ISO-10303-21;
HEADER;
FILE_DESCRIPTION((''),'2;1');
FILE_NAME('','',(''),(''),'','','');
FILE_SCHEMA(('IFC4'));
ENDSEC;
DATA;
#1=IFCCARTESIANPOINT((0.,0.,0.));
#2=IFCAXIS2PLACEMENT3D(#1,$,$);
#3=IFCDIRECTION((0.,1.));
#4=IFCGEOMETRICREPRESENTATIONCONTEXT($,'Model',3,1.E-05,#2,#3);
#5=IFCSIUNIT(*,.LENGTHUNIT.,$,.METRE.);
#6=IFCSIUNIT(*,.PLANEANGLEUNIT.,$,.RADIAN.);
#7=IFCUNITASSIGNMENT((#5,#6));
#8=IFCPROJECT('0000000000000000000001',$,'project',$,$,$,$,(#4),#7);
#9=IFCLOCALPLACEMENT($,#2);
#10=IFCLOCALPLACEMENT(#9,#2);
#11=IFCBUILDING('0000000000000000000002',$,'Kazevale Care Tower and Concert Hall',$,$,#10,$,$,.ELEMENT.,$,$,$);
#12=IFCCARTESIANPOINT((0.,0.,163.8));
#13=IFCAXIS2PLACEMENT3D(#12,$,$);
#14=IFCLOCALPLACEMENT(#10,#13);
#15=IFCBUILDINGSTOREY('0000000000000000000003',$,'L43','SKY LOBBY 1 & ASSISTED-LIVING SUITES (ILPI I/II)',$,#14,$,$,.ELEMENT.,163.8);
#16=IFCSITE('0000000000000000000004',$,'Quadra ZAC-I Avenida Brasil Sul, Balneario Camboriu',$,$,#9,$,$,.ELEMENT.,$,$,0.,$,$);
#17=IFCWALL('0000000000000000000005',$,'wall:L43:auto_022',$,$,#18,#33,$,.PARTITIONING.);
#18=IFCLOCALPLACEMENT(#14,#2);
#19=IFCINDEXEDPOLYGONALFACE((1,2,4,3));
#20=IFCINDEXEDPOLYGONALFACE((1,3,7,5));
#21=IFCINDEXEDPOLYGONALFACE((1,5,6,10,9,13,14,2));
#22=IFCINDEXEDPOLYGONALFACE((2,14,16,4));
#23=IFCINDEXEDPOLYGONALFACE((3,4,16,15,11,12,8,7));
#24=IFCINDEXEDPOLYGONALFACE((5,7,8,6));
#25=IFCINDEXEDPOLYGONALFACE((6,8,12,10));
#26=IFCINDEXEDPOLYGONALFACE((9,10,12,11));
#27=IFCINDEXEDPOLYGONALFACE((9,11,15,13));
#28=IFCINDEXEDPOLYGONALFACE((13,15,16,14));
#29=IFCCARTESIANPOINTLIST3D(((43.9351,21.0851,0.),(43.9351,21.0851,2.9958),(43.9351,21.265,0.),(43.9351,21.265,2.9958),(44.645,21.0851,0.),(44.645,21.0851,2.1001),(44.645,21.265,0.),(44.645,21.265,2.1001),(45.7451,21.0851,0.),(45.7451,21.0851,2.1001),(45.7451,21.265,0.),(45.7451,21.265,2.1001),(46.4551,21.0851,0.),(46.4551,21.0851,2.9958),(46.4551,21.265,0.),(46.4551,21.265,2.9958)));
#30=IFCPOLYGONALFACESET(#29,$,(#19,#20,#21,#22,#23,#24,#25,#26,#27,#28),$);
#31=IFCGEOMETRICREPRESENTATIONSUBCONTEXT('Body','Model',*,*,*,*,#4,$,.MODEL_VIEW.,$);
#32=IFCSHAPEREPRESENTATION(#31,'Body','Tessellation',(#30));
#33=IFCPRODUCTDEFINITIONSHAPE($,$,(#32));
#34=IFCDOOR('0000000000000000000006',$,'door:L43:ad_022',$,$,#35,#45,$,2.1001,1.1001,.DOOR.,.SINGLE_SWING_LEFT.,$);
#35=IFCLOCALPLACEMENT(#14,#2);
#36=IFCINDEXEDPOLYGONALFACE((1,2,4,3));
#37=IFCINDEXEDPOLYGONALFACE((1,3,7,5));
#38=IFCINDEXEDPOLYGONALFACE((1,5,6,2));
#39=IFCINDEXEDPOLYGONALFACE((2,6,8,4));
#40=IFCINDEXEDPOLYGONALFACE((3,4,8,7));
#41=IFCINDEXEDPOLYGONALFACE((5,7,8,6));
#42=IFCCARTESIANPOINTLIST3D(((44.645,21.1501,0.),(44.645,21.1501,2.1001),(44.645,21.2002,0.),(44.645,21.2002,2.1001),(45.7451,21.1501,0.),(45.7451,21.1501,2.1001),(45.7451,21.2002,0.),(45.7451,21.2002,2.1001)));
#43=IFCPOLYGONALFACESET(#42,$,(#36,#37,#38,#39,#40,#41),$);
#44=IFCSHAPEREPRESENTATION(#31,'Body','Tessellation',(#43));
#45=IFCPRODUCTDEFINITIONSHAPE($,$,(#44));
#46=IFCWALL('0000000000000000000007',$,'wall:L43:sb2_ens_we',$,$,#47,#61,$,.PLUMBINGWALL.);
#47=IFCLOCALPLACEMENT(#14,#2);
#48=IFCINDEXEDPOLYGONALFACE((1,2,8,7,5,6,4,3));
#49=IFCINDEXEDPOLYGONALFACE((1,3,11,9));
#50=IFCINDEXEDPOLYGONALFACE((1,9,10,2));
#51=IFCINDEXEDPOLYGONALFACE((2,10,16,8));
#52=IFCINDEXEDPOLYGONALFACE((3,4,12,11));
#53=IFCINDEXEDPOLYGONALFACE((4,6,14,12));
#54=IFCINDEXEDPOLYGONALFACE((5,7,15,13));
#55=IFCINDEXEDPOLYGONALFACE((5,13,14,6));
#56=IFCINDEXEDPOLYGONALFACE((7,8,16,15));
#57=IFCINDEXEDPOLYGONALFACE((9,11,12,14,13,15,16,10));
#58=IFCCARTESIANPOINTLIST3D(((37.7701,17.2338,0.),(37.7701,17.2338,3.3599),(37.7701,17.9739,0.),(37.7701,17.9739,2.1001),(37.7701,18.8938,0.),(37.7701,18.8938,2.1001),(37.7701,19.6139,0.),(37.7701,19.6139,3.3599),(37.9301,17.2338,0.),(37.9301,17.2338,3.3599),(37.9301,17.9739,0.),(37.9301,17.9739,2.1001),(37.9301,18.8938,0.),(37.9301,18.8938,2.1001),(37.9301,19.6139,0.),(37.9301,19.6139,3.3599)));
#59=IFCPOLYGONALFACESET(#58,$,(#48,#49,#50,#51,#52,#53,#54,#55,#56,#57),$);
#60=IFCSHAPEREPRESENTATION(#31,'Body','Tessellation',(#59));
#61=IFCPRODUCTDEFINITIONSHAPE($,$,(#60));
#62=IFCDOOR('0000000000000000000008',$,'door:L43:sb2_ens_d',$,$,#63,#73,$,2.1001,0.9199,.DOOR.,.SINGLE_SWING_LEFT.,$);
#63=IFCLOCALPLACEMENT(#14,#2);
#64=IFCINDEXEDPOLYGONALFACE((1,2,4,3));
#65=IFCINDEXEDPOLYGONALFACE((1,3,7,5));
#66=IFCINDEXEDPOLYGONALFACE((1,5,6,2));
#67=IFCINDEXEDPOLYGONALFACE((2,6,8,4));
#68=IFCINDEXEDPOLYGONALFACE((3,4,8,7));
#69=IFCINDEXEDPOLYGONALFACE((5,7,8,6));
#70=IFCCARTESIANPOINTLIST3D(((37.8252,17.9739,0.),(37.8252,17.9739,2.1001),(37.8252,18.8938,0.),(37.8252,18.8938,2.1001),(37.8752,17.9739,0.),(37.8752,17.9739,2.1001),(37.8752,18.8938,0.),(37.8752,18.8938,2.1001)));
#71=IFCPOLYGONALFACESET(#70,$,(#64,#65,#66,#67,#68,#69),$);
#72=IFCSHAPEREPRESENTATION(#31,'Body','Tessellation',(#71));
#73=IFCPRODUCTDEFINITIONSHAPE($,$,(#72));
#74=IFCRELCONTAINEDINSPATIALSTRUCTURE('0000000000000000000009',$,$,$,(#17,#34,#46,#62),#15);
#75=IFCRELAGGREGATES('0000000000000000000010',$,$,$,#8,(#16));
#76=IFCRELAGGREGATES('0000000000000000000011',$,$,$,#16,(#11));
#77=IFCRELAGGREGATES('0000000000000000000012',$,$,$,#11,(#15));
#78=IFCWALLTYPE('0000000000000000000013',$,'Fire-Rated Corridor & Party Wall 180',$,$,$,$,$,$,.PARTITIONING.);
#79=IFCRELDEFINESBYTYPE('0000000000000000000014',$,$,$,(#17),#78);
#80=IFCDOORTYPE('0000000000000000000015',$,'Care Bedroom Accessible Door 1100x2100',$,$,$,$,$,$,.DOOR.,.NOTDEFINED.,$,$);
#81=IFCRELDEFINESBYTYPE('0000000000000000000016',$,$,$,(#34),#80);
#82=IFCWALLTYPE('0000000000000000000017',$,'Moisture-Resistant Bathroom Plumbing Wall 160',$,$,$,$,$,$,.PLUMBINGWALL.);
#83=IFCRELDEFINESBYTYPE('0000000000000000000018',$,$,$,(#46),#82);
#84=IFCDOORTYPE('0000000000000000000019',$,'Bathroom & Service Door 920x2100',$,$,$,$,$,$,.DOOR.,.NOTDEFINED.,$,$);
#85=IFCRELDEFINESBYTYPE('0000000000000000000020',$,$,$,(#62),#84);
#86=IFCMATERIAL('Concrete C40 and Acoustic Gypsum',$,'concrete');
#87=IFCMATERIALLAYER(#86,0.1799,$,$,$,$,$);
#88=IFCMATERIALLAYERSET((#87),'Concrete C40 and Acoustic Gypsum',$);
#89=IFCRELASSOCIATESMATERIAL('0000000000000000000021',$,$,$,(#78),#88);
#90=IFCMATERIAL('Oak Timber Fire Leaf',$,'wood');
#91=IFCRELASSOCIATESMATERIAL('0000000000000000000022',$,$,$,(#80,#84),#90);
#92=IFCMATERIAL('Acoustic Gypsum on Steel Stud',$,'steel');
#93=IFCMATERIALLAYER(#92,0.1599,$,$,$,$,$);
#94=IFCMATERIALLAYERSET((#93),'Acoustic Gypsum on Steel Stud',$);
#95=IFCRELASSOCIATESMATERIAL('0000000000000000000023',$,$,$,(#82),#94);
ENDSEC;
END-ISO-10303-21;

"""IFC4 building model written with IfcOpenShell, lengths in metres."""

from ifc_helpers import new_model, si_unit, direction, frame, frame_2d, origin, place, context, subcontext, project, spatial, rectangle, extrude, material, layer, layer_set, type_object, element, fill, save


model = new_model("IFC4")

# Units and contexts
model_context = context("Model", 3, precision=1e-05, world=origin(), true_north=direction((0.0, 1.0)))
body_context = subcontext(model_context, "Body", "Model", "MODEL_VIEW")
ifc_project = project(units=[si_unit("LENGTHUNIT", "METRE"), si_unit("PLANEANGLEUNIT", "RADIAN")], contexts=[model_context])

# Site, building, storey
site_placement = place(None, origin())
site = spatial("IfcSite", under=ifc_project, at=site_placement, Name="Quadra ZAC-I Avenida Brasil Sul, Balneario Camboriu", CompositionType="ELEMENT", RefElevation=0.0)
building_placement = place(site_placement, origin())
building = spatial("IfcBuilding", under=site, at=building_placement, Name="Kazevale Care Tower and Concert Hall", CompositionType="ELEMENT")
storey_placement = place(building_placement, frame((0.0, 0.0, 163.8)))
storey = spatial("IfcBuildingStorey", under=building, at=storey_placement, Name="L43", Description="SKY LOBBY 1 & ASSISTED-LIVING SUITES (ILPI I/II)", CompositionType="ELEMENT", Elevation=163.8)

# Shared definitions
ifc_material_1 = material(Name="Acoustic Gypsum on Steel Stud", Category="steel")

# Walls, openings, doors
ifc_material_2 = material(Name="Concrete C40 and Acoustic Gypsum", Category="concrete")
ifc_layer_1 = layer(ifc_material_2, 0.1799)
ifc_layer_set_1 = layer_set([ifc_layer_1], Name="Concrete C40 and Acoustic Gypsum")
wall_type_1 = type_object("IfcWallType", Name="Fire-Rated Corridor & Party Wall 180", PredefinedType="PARTITIONING", material=ifc_layer_set_1)
ifc_material_3 = material(Name="Oak Timber Fire Leaf", Category="wood")
door_type_1 = type_object("IfcDoorType", Name="Care Bedroom Accessible Door 1100x2100", OperationType="NOTDEFINED", PredefinedType="DOOR", material=ifc_material_3)
wall_1_placement = place(storey_placement, frame((46.4551, 21.175, 0.0), z_axis=(0.0, 0.0, 1.0), x_axis=(-1.0, 0.0, 0.0)))
wall_1 = element("IfcWall", 1, at=wall_1_placement, inside=storey, type_object=wall_type_1, Name="wall:L43:auto_022", PredefinedType="PARTITIONING", context=body_context, shape_type="SweptSolid", body=[
    extrude(rectangle(XDim=2.52, YDim=0.1799, at=frame_2d((1.26, 0.0))), origin(), (0.0, 0.0, 1.0), 2.9958),
])
opening_1_placement = place(wall_1_placement, frame((0.71, 0.0, 0.0)))
opening_1 = element("IfcOpeningElement", 2, at=opening_1_placement, cuts=wall_1, PredefinedType="OPENING", context=body_context, shape_type="SweptSolid", body=[
    extrude(rectangle(XDim=1.1001, YDim=2.1001, at=frame_2d((0.55, 1.05))), frame((0.0, 0.0999, 0.0), z_axis=(0.0, -1.0, 0.0), x_axis=(1.0, 0.0, 0.0)), (0.0, 0.0, 1.0), 0.2),
])
door_1_placement = place(opening_1_placement, origin())
door_1 = element("IfcDoor", 3, at=door_1_placement, inside=storey, type_object=door_type_1, Name="door:L43:ad_022", OperationType="SINGLE_SWING_LEFT", OverallHeight=2.1001, OverallWidth=1.1001, PredefinedType="DOOR", context=body_context, shape_type="SweptSolid", body=[
    extrude(rectangle(XDim=1.1001, YDim=2.1001, at=frame_2d((0.55, 1.05))), frame((0.0, 0.0249, 0.0), z_axis=(0.0, -1.0, 0.0), x_axis=(1.0, 0.0, 0.0)), (0.0, 0.0, 1.0), 0.05),
])
fill(opening_1, door_1)
ifc_layer_2 = layer(ifc_material_1, 0.1599)
ifc_layer_set_2 = layer_set([ifc_layer_2], Name="Acoustic Gypsum on Steel Stud")
wall_type_2 = type_object("IfcWallType", Name="Moisture-Resistant Bathroom Plumbing Wall 160", PredefinedType="PLUMBINGWALL", material=ifc_layer_set_2)
wall_2_placement = place(storey_placement, frame((37.8501, 17.2339, 0.0), z_axis=(0.0, 0.0, 1.0), x_axis=(0.0, 1.0, 0.0)))
wall_2 = element("IfcWall", 4, at=wall_2_placement, inside=storey, type_object=wall_type_2, Name="wall:L43:sb2_ens_we", PredefinedType="PLUMBINGWALL", context=body_context, shape_type="SweptSolid", body=[
    extrude(rectangle(XDim=2.3801, YDim=0.1599, at=frame_2d((1.1899, 0.0))), origin(), (0.0, 0.0, 1.0), 3.3599),
])
opening_2_placement = place(wall_2_placement, frame((0.74, 0.0, 0.0)))
opening_2 = element("IfcOpeningElement", 5, at=opening_2_placement, cuts=wall_2, PredefinedType="OPENING", context=body_context, shape_type="SweptSolid", body=[
    extrude(rectangle(XDim=0.9199, YDim=2.1001, at=frame_2d((0.46, 1.05))), frame((0.0, 0.0898, 0.0), z_axis=(0.0, -1.0, 0.0), x_axis=(1.0, 0.0, 0.0)), (0.0, 0.0, 1.0), 0.1799),
])
door_type_2 = type_object("IfcDoorType", Name="Bathroom & Service Door 920x2100", OperationType="NOTDEFINED", PredefinedType="DOOR", material=ifc_material_3)
door_2_placement = place(opening_2_placement, origin())
door_2 = element("IfcDoor", 6, at=door_2_placement, inside=storey, type_object=door_type_2, Name="door:L43:sb2_ens_d", OperationType="SINGLE_SWING_LEFT", OverallHeight=2.1001, OverallWidth=0.9199, PredefinedType="DOOR", context=body_context, shape_type="SweptSolid", body=[
    extrude(rectangle(XDim=0.9199, YDim=2.1001, at=frame_2d((0.46, 1.05))), frame((0.0, 0.0249, 0.0), z_axis=(0.0, -1.0, 0.0), x_axis=(1.0, 0.0, 0.0)), (0.0, 0.0, 1.0), 0.05),
])
fill(opening_2, door_2)

save(model, "model.ifc")
